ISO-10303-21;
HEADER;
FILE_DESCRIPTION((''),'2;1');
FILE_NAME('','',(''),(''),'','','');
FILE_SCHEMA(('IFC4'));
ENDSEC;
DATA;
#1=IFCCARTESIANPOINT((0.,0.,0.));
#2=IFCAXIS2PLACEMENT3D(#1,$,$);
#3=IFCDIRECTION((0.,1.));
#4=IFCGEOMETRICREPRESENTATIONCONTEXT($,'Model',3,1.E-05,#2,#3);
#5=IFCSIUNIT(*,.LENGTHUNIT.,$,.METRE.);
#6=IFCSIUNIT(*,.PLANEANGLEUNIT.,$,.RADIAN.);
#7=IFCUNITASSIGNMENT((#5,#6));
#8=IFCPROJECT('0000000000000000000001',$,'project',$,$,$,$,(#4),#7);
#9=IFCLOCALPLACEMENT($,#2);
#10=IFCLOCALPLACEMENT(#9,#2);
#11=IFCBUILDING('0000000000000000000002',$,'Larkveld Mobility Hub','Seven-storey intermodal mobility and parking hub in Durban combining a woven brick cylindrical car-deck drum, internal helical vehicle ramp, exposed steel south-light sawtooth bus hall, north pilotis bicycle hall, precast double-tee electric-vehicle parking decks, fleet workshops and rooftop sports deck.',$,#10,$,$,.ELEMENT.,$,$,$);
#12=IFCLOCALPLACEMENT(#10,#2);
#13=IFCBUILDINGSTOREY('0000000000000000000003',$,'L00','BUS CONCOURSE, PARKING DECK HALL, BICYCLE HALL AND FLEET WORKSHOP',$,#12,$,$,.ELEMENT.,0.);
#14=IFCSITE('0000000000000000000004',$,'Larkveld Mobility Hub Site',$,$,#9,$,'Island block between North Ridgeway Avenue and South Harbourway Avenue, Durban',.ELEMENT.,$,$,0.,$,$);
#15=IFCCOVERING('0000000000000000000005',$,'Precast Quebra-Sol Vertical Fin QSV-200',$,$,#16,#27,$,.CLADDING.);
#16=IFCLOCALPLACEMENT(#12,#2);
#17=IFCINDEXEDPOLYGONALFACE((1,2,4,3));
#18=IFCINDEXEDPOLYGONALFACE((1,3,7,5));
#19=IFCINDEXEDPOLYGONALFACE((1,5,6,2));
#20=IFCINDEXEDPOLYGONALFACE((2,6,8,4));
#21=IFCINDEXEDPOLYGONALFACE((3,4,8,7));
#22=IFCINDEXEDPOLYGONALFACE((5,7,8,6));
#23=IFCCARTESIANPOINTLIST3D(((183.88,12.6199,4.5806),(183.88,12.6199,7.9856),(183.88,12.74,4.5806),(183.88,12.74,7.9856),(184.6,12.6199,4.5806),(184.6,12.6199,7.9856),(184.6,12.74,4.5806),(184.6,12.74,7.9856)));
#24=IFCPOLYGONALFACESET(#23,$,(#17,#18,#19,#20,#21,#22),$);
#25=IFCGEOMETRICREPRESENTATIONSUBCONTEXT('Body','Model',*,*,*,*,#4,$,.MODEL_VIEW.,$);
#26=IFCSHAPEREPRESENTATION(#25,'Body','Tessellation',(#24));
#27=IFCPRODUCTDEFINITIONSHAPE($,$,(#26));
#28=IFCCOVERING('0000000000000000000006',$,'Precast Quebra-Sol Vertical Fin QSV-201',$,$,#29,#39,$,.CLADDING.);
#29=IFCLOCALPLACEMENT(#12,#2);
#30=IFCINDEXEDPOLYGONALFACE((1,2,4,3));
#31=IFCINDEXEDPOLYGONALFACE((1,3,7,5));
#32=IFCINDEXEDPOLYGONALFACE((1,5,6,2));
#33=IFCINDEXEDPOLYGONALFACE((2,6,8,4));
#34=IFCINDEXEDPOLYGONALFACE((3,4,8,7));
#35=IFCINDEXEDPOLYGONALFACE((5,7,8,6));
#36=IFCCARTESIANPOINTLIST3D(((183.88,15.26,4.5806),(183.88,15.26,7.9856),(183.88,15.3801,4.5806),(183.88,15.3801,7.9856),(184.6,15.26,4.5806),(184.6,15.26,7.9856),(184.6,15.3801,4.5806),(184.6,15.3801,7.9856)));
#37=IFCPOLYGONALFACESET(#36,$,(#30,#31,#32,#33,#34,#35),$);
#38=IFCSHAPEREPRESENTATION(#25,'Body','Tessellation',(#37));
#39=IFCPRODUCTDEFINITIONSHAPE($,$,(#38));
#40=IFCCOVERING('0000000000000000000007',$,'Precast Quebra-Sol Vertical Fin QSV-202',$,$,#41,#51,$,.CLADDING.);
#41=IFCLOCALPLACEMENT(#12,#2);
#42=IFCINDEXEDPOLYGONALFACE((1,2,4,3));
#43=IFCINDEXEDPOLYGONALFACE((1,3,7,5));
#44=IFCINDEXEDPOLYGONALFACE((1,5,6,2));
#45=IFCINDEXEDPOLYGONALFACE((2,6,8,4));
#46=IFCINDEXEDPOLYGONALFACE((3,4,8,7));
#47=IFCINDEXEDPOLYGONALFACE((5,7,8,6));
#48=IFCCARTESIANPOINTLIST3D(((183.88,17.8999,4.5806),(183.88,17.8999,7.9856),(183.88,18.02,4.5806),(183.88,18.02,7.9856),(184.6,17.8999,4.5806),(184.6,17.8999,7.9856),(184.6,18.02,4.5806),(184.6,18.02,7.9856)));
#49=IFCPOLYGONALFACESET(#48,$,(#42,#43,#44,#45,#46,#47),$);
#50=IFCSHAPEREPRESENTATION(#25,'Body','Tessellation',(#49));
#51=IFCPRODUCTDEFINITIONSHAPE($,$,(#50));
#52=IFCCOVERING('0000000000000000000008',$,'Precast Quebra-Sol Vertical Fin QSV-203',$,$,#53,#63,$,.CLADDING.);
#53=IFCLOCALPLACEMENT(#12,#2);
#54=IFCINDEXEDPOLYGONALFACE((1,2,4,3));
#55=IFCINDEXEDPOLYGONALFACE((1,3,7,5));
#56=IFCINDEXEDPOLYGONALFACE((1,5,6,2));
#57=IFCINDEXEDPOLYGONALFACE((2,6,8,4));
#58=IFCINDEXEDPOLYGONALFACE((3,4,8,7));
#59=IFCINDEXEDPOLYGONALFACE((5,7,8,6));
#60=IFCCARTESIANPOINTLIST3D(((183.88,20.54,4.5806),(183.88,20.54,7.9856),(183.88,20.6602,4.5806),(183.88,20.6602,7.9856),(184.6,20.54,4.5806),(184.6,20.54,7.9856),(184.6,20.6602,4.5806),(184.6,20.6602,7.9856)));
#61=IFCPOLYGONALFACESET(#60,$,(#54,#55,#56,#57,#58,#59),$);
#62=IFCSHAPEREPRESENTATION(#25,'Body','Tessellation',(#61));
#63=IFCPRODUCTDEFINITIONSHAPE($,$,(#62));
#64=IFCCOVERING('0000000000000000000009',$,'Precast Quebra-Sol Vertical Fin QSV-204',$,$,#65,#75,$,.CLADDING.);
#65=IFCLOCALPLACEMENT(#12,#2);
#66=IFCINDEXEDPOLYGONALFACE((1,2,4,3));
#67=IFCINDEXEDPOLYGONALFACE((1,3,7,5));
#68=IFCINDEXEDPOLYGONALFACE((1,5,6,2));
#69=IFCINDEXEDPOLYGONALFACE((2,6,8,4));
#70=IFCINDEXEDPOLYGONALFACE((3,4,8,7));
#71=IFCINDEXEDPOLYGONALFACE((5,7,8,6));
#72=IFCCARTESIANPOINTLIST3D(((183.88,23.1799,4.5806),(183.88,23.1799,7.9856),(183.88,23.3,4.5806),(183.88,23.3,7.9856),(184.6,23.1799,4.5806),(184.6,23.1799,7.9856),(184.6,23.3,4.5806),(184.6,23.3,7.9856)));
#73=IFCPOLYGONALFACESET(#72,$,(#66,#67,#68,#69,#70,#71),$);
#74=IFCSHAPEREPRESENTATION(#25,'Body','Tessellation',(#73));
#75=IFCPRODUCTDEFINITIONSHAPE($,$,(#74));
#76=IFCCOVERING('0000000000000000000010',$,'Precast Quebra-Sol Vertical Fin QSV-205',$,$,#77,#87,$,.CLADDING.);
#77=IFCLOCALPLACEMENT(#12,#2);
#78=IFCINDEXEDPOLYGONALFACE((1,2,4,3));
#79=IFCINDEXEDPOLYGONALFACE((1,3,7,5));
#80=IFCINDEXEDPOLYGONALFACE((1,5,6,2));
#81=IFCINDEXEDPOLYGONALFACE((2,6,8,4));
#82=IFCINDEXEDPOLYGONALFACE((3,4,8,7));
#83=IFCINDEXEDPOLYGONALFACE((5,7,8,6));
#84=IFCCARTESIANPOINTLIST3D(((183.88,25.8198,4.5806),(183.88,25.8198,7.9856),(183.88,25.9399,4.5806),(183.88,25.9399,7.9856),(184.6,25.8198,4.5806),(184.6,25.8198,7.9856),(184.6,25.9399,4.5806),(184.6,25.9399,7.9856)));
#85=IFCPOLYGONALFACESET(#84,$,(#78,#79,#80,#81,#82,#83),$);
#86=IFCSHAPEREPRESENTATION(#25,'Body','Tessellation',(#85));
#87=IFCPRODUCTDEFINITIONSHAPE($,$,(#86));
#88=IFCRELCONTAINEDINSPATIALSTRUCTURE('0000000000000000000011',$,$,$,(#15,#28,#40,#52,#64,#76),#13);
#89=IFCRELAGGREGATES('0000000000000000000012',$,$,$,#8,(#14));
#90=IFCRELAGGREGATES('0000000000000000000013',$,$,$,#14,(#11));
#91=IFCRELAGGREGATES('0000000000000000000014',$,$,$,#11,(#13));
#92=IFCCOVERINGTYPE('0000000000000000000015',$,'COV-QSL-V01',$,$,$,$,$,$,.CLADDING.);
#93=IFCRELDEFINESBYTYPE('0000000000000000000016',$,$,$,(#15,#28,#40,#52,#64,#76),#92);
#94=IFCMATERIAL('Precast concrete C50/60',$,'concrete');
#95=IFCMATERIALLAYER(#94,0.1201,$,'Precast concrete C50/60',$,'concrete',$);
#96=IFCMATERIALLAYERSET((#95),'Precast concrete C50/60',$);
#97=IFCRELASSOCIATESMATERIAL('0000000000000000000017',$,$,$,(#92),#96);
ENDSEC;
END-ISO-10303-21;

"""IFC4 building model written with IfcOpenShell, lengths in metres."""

from ifc_helpers import new_model, si_unit, direction, frame, origin, origin_2d, place, context, subcontext, project, spatial, rectangle, extrude, material, layer, layer_set, type_object, element, save


model = new_model("IFC4")

# Units and contexts
model_context = context("Model", 3, precision=1e-05, world=origin(), true_north=direction((0.0, 1.0)))
body_context = subcontext(model_context, "Body", "Model", "MODEL_VIEW")
ifc_project = project(units=[si_unit("LENGTHUNIT", "METRE"), si_unit("PLANEANGLEUNIT", "RADIAN")], contexts=[model_context])

# Site, building, storey
site_placement = place(None, origin())
site = spatial("IfcSite", under=ifc_project, at=site_placement, Name="Larkveld Mobility Hub Site", LongName="Island block between North Ridgeway Avenue and South Harbourway Avenue, Durban", CompositionType="ELEMENT", RefElevation=0.0)
building_placement = place(site_placement, origin())
building = spatial("IfcBuilding", under=site, at=building_placement, Name="Larkveld Mobility Hub", Description="Seven-storey intermodal mobility and parking hub in Durban combining a woven brick cylindrical car-deck drum, internal helical vehicle ramp, exposed steel south-light sawtooth bus hall, north pilotis bicycle hall, precast double-tee electric-vehicle parking decks, fleet workshops and rooftop sports deck.", CompositionType="ELEMENT")
storey_placement = place(building_placement, origin())
storey = spatial("IfcBuildingStorey", under=building, at=storey_placement, Name="L00", Description="BUS CONCOURSE, PARKING DECK HALL, BICYCLE HALL AND FLEET WORKSHOP", CompositionType="ELEMENT", Elevation=0.0)

# Coverings
ifc_material_1 = material(Name="Precast concrete C50/60", Category="concrete")
ifc_layer_1 = layer(ifc_material_1, 0.1201, Name="Precast concrete C50/60", Category="concrete")
ifc_layer_set_1 = layer_set([ifc_layer_1], Name="Precast concrete C50/60")
covering_type_1 = type_object("IfcCoveringType", Name="COV-QSL-V01", PredefinedType="CLADDING", material=ifc_layer_set_1)
for number, where, z_axis, x_axis, name in (
    (1, (184.24, 12.6799, 4.5806), (0.0, 0.0, 1.0), (0.0, 1.0, 0.0), "Precast Quebra-Sol Vertical Fin QSV-200"),
    (2, (184.24, 15.3201, 4.5806), (0.0, 0.0, 1.0), (0.0, 1.0, 0.0), "Precast Quebra-Sol Vertical Fin QSV-201"),
    (3, (184.24, 17.96, 4.5806), (0.0, 0.0, 1.0), (0.0, 1.0, 0.0), "Precast Quebra-Sol Vertical Fin QSV-202"),
    (4, (184.24, 20.6001, 4.5806), (0.0, 0.0, 1.0), (0.0, 1.0, 0.0), "Precast Quebra-Sol Vertical Fin QSV-203"),
    (5, (184.24, 23.24, 4.5806), (0.0, 0.0, 1.0), (0.0, 1.0, 0.0), "Precast Quebra-Sol Vertical Fin QSV-204"),
    (6, (184.24, 25.8799, 4.5806), (0.0, 0.0, 1.0), (0.0, 1.0, 0.0), "Precast Quebra-Sol Vertical Fin QSV-205"),
):
    element("IfcCovering", number, at=place(storey_placement, frame(where, z_axis=z_axis, x_axis=x_axis)), inside=storey, type_object=covering_type_1, Name=name, PredefinedType="CLADDING", context=body_context, shape_type="SweptSolid", body=[
        extrude(rectangle(XDim=0.1201, YDim=0.72, at=origin_2d()), origin(), (0.0, 0.0, 1.0), 3.405),
    ])

save(model, "model.ifc")
